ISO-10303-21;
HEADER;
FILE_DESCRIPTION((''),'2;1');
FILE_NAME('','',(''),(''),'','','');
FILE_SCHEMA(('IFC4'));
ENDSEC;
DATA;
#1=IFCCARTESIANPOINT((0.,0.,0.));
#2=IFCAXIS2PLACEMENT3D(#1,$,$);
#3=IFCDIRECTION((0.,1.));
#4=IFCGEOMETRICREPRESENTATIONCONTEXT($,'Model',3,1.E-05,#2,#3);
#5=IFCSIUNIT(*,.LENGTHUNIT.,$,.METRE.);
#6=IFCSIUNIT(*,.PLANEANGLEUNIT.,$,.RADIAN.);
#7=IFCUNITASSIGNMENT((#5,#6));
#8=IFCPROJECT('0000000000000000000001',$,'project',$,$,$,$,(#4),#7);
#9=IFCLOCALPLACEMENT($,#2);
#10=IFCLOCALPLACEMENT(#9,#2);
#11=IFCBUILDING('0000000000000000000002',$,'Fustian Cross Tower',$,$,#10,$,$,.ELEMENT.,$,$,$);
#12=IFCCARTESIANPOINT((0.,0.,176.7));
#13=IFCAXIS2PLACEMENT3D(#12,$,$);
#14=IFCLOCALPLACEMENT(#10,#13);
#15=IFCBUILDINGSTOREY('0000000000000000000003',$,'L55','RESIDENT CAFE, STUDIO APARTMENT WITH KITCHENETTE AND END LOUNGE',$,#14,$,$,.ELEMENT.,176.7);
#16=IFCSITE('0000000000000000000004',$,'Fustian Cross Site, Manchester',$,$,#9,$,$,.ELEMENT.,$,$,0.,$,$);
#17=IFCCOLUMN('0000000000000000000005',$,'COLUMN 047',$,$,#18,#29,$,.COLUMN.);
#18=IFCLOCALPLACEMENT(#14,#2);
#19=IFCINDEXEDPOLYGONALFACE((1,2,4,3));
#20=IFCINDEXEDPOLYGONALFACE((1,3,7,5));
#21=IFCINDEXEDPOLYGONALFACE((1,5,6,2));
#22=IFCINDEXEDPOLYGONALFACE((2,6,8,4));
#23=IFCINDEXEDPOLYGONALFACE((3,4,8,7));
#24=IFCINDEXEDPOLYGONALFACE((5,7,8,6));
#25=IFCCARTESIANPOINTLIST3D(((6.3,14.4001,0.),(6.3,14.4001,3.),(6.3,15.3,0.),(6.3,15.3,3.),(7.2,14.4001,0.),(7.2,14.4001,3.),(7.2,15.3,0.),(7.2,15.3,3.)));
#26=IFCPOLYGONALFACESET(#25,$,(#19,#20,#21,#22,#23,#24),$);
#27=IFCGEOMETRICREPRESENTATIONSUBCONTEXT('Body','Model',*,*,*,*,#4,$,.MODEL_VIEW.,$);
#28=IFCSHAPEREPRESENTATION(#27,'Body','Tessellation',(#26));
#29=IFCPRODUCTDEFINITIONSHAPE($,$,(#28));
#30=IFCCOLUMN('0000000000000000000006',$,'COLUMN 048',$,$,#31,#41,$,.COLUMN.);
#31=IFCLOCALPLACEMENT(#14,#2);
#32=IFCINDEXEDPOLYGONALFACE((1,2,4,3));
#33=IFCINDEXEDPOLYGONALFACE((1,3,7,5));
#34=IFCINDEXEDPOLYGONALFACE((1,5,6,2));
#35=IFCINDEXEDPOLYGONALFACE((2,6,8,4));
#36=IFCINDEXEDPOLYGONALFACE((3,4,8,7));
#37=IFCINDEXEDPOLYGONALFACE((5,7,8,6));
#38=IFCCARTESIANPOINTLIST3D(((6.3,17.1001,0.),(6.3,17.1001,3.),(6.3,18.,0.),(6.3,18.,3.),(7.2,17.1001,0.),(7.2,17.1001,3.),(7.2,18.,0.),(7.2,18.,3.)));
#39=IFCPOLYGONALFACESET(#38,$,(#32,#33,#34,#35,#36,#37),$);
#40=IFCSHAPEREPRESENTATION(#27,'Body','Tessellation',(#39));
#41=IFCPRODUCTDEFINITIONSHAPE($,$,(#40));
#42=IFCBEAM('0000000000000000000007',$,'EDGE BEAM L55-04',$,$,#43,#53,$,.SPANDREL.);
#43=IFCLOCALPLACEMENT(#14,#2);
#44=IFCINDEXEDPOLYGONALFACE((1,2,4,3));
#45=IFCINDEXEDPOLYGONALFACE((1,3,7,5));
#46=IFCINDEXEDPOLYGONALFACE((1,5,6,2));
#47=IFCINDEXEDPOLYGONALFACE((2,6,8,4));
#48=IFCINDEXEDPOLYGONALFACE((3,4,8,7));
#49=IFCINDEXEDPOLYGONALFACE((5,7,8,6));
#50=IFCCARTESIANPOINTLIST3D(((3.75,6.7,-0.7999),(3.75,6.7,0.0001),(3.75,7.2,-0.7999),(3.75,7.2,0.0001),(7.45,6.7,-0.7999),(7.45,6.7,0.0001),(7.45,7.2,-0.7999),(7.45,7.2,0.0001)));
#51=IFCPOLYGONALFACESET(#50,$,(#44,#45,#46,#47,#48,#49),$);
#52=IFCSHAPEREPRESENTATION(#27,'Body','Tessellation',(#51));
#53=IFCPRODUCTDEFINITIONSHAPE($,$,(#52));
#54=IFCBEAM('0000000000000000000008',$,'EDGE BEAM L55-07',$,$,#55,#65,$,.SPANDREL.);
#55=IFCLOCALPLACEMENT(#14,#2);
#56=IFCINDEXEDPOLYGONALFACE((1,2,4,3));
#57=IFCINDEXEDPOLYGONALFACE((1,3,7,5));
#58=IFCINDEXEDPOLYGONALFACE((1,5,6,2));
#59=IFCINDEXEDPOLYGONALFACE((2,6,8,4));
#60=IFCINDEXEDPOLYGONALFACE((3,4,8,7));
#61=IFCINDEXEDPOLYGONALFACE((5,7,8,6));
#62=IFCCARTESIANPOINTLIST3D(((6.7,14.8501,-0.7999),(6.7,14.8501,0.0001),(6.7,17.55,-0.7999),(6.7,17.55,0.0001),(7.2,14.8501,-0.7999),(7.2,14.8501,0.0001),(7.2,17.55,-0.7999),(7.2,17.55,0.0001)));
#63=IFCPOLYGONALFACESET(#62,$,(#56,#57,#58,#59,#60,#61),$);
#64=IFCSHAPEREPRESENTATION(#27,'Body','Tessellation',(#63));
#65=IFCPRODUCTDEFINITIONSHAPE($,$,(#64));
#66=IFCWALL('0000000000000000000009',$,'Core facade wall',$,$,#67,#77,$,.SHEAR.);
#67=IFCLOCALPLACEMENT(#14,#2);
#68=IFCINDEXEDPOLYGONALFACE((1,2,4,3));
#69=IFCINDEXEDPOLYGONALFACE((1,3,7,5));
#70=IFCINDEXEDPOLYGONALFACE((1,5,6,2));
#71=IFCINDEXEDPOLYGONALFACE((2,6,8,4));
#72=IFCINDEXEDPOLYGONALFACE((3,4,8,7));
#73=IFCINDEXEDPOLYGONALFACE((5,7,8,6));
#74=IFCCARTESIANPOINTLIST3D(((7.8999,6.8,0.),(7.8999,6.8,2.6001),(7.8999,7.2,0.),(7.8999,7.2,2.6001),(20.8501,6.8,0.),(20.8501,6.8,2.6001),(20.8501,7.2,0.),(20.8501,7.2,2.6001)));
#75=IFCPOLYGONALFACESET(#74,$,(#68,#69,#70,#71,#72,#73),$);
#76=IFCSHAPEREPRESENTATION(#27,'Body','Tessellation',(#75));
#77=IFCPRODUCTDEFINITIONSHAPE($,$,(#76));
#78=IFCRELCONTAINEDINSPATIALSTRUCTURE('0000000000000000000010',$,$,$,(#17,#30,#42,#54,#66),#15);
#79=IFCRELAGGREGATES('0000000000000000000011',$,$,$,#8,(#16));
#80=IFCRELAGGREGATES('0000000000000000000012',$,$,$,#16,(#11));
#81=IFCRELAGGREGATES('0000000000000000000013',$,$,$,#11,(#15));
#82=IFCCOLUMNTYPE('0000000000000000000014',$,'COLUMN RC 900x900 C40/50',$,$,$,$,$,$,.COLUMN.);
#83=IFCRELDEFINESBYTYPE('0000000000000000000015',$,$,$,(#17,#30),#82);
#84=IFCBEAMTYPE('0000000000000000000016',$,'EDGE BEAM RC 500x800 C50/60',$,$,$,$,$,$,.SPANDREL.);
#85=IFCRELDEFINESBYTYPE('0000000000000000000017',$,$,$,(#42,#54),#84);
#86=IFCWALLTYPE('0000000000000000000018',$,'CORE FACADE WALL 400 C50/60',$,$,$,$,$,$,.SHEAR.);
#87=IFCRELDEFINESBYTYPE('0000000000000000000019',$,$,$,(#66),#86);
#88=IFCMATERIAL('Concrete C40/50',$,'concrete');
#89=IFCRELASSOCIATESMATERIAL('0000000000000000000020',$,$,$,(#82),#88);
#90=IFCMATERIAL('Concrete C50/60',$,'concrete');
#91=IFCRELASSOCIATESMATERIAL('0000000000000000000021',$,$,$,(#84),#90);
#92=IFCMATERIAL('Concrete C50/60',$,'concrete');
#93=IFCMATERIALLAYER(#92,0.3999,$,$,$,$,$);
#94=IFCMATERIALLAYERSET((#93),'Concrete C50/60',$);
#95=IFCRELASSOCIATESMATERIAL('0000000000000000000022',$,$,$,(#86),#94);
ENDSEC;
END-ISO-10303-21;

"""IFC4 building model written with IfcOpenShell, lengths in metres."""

from ifc_helpers import new_model, si_unit, direction, frame, frame_2d, origin, origin_2d, place, context, subcontext, project, spatial, rectangle, extrude, material, layer, layer_set, material_profile, profile_set, type_object, element, save


model = new_model("IFC4")

# Units and contexts
model_context = context("Model", 3, precision=1e-05, world=origin(), true_north=direction((0.0, 1.0)))
body_context = subcontext(model_context, "Body", "Model", "MODEL_VIEW")
ifc_project = project(units=[si_unit("LENGTHUNIT", "METRE"), si_unit("PLANEANGLEUNIT", "RADIAN")], contexts=[model_context])

# Site, building, storey
site_placement = place(None, origin())
site = spatial("IfcSite", under=ifc_project, at=site_placement, Name="Fustian Cross Site, Manchester", CompositionType="ELEMENT", RefElevation=0.0)
building_placement = place(site_placement, origin())
building = spatial("IfcBuilding", under=site, at=building_placement, Name="Fustian Cross Tower", CompositionType="ELEMENT")
storey_placement = place(building_placement, frame((0.0, 0.0, 176.7)))
storey = spatial("IfcBuildingStorey", under=building, at=storey_placement, Name="L55", Description="RESIDENT CAFE, STUDIO APARTMENT WITH KITCHENETTE AND END LOUNGE", CompositionType="ELEMENT", Elevation=176.7)

# Columns
ifc_material_1 = material(Name="Concrete C40/50", Category="concrete")
ifc_material_profile_1 = material_profile(ifc_material_1, rectangle(XDim=0.8999, YDim=0.8999, at=origin_2d()), Name="RC 900x900")
ifc_profile_set_1 = profile_set([ifc_material_profile_1], Name="Concrete C40/50")
column_type = type_object("IfcColumnType", Name="COLUMN RC 900x900 C40/50", PredefinedType="COLUMN", material=ifc_profile_set_1)
for number, where, z_axis, x_axis, name in (
    (1, (6.75, 14.8501, 0.0), (0.0, 0.0, 1.0), (1.0, 0.0, 0.0), "COLUMN 047"),
    (2, (6.75, 17.55, 0.0), (0.0, 0.0, 1.0), (1.0, 0.0, 0.0), "COLUMN 048"),
):
    element("IfcColumn", number, at=place(storey_placement, frame(where, z_axis=z_axis, x_axis=x_axis)), inside=storey, type_object=column_type, Name=name, PredefinedType="COLUMN", context=body_context, shape_type="SweptSolid", body=[
        extrude(rectangle(XDim=0.8999, YDim=0.8999, at=origin_2d()), origin(), (0.0, 0.0, 1.0), 3.0),
    ])

# Beams
ifc_material_2 = material(Name="Concrete C50/60", Category="concrete")
ifc_material_profile_2 = material_profile(ifc_material_2, rectangle(XDim=0.5, YDim=0.8, at=origin_2d()), Name="RC 500x800")
ifc_profile_set_2 = profile_set([ifc_material_profile_2], Name="Concrete C50/60")
beam_type = type_object("IfcBeamType", Name="EDGE BEAM RC 500x800 C50/60", PredefinedType="SPANDREL", material=ifc_profile_set_2)
beam_1_placement = place(storey_placement, frame((7.45, 6.95, -0.3999), z_axis=(-1.0, 0.0, 0.0), x_axis=(0.0, -1.0, 0.0)))
element("IfcBeam", 3, at=beam_1_placement, inside=storey, type_object=beam_type, Name="EDGE BEAM L55-04", PredefinedType="SPANDREL", context=body_context, shape_type="SweptSolid", body=[
    extrude(rectangle(XDim=0.5, YDim=0.8, at=origin_2d()), origin(), (0.0, 0.0, 1.0), 3.7),
])
beam_2_placement = place(storey_placement, frame((6.95, 14.8501, -0.3999), z_axis=(0.0, 1.0, 0.0), x_axis=(-1.0, 0.0, 0.0)))
element("IfcBeam", 4, at=beam_2_placement, inside=storey, type_object=beam_type, Name="EDGE BEAM L55-07", PredefinedType="SPANDREL", context=body_context, shape_type="SweptSolid", body=[
    extrude(rectangle(XDim=0.5, YDim=0.8, at=origin_2d()), origin(), (0.0, 0.0, 1.0), 2.7),
])

# Wall
ifc_material_3 = material(Name="Concrete C50/60", Category="concrete")
ifc_layer_1 = layer(ifc_material_3, 0.3999)
ifc_layer_set_1 = layer_set([ifc_layer_1], Name="Concrete C50/60")
wall_type_1 = type_object("IfcWallType", Name="CORE FACADE WALL 400 C50/60", PredefinedType="SHEAR", material=ifc_layer_set_1)
wall_1_placement = place(storey_placement, frame((7.8999, 7.0, 0.0), z_axis=(0.0, 0.0, 1.0), x_axis=(1.0, 0.0, 0.0)))
element("IfcWall", 5, at=wall_1_placement, inside=storey, type_object=wall_type_1, Name="Core facade wall", PredefinedType="SHEAR", context=body_context, shape_type="SweptSolid", body=[
    extrude(rectangle(XDim=12.9502, YDim=0.3999, at=frame_2d((6.4751, 0.0))), origin(), (0.0, 0.0, 1.0), 2.6001),
])

save(model, "model.ifc")
